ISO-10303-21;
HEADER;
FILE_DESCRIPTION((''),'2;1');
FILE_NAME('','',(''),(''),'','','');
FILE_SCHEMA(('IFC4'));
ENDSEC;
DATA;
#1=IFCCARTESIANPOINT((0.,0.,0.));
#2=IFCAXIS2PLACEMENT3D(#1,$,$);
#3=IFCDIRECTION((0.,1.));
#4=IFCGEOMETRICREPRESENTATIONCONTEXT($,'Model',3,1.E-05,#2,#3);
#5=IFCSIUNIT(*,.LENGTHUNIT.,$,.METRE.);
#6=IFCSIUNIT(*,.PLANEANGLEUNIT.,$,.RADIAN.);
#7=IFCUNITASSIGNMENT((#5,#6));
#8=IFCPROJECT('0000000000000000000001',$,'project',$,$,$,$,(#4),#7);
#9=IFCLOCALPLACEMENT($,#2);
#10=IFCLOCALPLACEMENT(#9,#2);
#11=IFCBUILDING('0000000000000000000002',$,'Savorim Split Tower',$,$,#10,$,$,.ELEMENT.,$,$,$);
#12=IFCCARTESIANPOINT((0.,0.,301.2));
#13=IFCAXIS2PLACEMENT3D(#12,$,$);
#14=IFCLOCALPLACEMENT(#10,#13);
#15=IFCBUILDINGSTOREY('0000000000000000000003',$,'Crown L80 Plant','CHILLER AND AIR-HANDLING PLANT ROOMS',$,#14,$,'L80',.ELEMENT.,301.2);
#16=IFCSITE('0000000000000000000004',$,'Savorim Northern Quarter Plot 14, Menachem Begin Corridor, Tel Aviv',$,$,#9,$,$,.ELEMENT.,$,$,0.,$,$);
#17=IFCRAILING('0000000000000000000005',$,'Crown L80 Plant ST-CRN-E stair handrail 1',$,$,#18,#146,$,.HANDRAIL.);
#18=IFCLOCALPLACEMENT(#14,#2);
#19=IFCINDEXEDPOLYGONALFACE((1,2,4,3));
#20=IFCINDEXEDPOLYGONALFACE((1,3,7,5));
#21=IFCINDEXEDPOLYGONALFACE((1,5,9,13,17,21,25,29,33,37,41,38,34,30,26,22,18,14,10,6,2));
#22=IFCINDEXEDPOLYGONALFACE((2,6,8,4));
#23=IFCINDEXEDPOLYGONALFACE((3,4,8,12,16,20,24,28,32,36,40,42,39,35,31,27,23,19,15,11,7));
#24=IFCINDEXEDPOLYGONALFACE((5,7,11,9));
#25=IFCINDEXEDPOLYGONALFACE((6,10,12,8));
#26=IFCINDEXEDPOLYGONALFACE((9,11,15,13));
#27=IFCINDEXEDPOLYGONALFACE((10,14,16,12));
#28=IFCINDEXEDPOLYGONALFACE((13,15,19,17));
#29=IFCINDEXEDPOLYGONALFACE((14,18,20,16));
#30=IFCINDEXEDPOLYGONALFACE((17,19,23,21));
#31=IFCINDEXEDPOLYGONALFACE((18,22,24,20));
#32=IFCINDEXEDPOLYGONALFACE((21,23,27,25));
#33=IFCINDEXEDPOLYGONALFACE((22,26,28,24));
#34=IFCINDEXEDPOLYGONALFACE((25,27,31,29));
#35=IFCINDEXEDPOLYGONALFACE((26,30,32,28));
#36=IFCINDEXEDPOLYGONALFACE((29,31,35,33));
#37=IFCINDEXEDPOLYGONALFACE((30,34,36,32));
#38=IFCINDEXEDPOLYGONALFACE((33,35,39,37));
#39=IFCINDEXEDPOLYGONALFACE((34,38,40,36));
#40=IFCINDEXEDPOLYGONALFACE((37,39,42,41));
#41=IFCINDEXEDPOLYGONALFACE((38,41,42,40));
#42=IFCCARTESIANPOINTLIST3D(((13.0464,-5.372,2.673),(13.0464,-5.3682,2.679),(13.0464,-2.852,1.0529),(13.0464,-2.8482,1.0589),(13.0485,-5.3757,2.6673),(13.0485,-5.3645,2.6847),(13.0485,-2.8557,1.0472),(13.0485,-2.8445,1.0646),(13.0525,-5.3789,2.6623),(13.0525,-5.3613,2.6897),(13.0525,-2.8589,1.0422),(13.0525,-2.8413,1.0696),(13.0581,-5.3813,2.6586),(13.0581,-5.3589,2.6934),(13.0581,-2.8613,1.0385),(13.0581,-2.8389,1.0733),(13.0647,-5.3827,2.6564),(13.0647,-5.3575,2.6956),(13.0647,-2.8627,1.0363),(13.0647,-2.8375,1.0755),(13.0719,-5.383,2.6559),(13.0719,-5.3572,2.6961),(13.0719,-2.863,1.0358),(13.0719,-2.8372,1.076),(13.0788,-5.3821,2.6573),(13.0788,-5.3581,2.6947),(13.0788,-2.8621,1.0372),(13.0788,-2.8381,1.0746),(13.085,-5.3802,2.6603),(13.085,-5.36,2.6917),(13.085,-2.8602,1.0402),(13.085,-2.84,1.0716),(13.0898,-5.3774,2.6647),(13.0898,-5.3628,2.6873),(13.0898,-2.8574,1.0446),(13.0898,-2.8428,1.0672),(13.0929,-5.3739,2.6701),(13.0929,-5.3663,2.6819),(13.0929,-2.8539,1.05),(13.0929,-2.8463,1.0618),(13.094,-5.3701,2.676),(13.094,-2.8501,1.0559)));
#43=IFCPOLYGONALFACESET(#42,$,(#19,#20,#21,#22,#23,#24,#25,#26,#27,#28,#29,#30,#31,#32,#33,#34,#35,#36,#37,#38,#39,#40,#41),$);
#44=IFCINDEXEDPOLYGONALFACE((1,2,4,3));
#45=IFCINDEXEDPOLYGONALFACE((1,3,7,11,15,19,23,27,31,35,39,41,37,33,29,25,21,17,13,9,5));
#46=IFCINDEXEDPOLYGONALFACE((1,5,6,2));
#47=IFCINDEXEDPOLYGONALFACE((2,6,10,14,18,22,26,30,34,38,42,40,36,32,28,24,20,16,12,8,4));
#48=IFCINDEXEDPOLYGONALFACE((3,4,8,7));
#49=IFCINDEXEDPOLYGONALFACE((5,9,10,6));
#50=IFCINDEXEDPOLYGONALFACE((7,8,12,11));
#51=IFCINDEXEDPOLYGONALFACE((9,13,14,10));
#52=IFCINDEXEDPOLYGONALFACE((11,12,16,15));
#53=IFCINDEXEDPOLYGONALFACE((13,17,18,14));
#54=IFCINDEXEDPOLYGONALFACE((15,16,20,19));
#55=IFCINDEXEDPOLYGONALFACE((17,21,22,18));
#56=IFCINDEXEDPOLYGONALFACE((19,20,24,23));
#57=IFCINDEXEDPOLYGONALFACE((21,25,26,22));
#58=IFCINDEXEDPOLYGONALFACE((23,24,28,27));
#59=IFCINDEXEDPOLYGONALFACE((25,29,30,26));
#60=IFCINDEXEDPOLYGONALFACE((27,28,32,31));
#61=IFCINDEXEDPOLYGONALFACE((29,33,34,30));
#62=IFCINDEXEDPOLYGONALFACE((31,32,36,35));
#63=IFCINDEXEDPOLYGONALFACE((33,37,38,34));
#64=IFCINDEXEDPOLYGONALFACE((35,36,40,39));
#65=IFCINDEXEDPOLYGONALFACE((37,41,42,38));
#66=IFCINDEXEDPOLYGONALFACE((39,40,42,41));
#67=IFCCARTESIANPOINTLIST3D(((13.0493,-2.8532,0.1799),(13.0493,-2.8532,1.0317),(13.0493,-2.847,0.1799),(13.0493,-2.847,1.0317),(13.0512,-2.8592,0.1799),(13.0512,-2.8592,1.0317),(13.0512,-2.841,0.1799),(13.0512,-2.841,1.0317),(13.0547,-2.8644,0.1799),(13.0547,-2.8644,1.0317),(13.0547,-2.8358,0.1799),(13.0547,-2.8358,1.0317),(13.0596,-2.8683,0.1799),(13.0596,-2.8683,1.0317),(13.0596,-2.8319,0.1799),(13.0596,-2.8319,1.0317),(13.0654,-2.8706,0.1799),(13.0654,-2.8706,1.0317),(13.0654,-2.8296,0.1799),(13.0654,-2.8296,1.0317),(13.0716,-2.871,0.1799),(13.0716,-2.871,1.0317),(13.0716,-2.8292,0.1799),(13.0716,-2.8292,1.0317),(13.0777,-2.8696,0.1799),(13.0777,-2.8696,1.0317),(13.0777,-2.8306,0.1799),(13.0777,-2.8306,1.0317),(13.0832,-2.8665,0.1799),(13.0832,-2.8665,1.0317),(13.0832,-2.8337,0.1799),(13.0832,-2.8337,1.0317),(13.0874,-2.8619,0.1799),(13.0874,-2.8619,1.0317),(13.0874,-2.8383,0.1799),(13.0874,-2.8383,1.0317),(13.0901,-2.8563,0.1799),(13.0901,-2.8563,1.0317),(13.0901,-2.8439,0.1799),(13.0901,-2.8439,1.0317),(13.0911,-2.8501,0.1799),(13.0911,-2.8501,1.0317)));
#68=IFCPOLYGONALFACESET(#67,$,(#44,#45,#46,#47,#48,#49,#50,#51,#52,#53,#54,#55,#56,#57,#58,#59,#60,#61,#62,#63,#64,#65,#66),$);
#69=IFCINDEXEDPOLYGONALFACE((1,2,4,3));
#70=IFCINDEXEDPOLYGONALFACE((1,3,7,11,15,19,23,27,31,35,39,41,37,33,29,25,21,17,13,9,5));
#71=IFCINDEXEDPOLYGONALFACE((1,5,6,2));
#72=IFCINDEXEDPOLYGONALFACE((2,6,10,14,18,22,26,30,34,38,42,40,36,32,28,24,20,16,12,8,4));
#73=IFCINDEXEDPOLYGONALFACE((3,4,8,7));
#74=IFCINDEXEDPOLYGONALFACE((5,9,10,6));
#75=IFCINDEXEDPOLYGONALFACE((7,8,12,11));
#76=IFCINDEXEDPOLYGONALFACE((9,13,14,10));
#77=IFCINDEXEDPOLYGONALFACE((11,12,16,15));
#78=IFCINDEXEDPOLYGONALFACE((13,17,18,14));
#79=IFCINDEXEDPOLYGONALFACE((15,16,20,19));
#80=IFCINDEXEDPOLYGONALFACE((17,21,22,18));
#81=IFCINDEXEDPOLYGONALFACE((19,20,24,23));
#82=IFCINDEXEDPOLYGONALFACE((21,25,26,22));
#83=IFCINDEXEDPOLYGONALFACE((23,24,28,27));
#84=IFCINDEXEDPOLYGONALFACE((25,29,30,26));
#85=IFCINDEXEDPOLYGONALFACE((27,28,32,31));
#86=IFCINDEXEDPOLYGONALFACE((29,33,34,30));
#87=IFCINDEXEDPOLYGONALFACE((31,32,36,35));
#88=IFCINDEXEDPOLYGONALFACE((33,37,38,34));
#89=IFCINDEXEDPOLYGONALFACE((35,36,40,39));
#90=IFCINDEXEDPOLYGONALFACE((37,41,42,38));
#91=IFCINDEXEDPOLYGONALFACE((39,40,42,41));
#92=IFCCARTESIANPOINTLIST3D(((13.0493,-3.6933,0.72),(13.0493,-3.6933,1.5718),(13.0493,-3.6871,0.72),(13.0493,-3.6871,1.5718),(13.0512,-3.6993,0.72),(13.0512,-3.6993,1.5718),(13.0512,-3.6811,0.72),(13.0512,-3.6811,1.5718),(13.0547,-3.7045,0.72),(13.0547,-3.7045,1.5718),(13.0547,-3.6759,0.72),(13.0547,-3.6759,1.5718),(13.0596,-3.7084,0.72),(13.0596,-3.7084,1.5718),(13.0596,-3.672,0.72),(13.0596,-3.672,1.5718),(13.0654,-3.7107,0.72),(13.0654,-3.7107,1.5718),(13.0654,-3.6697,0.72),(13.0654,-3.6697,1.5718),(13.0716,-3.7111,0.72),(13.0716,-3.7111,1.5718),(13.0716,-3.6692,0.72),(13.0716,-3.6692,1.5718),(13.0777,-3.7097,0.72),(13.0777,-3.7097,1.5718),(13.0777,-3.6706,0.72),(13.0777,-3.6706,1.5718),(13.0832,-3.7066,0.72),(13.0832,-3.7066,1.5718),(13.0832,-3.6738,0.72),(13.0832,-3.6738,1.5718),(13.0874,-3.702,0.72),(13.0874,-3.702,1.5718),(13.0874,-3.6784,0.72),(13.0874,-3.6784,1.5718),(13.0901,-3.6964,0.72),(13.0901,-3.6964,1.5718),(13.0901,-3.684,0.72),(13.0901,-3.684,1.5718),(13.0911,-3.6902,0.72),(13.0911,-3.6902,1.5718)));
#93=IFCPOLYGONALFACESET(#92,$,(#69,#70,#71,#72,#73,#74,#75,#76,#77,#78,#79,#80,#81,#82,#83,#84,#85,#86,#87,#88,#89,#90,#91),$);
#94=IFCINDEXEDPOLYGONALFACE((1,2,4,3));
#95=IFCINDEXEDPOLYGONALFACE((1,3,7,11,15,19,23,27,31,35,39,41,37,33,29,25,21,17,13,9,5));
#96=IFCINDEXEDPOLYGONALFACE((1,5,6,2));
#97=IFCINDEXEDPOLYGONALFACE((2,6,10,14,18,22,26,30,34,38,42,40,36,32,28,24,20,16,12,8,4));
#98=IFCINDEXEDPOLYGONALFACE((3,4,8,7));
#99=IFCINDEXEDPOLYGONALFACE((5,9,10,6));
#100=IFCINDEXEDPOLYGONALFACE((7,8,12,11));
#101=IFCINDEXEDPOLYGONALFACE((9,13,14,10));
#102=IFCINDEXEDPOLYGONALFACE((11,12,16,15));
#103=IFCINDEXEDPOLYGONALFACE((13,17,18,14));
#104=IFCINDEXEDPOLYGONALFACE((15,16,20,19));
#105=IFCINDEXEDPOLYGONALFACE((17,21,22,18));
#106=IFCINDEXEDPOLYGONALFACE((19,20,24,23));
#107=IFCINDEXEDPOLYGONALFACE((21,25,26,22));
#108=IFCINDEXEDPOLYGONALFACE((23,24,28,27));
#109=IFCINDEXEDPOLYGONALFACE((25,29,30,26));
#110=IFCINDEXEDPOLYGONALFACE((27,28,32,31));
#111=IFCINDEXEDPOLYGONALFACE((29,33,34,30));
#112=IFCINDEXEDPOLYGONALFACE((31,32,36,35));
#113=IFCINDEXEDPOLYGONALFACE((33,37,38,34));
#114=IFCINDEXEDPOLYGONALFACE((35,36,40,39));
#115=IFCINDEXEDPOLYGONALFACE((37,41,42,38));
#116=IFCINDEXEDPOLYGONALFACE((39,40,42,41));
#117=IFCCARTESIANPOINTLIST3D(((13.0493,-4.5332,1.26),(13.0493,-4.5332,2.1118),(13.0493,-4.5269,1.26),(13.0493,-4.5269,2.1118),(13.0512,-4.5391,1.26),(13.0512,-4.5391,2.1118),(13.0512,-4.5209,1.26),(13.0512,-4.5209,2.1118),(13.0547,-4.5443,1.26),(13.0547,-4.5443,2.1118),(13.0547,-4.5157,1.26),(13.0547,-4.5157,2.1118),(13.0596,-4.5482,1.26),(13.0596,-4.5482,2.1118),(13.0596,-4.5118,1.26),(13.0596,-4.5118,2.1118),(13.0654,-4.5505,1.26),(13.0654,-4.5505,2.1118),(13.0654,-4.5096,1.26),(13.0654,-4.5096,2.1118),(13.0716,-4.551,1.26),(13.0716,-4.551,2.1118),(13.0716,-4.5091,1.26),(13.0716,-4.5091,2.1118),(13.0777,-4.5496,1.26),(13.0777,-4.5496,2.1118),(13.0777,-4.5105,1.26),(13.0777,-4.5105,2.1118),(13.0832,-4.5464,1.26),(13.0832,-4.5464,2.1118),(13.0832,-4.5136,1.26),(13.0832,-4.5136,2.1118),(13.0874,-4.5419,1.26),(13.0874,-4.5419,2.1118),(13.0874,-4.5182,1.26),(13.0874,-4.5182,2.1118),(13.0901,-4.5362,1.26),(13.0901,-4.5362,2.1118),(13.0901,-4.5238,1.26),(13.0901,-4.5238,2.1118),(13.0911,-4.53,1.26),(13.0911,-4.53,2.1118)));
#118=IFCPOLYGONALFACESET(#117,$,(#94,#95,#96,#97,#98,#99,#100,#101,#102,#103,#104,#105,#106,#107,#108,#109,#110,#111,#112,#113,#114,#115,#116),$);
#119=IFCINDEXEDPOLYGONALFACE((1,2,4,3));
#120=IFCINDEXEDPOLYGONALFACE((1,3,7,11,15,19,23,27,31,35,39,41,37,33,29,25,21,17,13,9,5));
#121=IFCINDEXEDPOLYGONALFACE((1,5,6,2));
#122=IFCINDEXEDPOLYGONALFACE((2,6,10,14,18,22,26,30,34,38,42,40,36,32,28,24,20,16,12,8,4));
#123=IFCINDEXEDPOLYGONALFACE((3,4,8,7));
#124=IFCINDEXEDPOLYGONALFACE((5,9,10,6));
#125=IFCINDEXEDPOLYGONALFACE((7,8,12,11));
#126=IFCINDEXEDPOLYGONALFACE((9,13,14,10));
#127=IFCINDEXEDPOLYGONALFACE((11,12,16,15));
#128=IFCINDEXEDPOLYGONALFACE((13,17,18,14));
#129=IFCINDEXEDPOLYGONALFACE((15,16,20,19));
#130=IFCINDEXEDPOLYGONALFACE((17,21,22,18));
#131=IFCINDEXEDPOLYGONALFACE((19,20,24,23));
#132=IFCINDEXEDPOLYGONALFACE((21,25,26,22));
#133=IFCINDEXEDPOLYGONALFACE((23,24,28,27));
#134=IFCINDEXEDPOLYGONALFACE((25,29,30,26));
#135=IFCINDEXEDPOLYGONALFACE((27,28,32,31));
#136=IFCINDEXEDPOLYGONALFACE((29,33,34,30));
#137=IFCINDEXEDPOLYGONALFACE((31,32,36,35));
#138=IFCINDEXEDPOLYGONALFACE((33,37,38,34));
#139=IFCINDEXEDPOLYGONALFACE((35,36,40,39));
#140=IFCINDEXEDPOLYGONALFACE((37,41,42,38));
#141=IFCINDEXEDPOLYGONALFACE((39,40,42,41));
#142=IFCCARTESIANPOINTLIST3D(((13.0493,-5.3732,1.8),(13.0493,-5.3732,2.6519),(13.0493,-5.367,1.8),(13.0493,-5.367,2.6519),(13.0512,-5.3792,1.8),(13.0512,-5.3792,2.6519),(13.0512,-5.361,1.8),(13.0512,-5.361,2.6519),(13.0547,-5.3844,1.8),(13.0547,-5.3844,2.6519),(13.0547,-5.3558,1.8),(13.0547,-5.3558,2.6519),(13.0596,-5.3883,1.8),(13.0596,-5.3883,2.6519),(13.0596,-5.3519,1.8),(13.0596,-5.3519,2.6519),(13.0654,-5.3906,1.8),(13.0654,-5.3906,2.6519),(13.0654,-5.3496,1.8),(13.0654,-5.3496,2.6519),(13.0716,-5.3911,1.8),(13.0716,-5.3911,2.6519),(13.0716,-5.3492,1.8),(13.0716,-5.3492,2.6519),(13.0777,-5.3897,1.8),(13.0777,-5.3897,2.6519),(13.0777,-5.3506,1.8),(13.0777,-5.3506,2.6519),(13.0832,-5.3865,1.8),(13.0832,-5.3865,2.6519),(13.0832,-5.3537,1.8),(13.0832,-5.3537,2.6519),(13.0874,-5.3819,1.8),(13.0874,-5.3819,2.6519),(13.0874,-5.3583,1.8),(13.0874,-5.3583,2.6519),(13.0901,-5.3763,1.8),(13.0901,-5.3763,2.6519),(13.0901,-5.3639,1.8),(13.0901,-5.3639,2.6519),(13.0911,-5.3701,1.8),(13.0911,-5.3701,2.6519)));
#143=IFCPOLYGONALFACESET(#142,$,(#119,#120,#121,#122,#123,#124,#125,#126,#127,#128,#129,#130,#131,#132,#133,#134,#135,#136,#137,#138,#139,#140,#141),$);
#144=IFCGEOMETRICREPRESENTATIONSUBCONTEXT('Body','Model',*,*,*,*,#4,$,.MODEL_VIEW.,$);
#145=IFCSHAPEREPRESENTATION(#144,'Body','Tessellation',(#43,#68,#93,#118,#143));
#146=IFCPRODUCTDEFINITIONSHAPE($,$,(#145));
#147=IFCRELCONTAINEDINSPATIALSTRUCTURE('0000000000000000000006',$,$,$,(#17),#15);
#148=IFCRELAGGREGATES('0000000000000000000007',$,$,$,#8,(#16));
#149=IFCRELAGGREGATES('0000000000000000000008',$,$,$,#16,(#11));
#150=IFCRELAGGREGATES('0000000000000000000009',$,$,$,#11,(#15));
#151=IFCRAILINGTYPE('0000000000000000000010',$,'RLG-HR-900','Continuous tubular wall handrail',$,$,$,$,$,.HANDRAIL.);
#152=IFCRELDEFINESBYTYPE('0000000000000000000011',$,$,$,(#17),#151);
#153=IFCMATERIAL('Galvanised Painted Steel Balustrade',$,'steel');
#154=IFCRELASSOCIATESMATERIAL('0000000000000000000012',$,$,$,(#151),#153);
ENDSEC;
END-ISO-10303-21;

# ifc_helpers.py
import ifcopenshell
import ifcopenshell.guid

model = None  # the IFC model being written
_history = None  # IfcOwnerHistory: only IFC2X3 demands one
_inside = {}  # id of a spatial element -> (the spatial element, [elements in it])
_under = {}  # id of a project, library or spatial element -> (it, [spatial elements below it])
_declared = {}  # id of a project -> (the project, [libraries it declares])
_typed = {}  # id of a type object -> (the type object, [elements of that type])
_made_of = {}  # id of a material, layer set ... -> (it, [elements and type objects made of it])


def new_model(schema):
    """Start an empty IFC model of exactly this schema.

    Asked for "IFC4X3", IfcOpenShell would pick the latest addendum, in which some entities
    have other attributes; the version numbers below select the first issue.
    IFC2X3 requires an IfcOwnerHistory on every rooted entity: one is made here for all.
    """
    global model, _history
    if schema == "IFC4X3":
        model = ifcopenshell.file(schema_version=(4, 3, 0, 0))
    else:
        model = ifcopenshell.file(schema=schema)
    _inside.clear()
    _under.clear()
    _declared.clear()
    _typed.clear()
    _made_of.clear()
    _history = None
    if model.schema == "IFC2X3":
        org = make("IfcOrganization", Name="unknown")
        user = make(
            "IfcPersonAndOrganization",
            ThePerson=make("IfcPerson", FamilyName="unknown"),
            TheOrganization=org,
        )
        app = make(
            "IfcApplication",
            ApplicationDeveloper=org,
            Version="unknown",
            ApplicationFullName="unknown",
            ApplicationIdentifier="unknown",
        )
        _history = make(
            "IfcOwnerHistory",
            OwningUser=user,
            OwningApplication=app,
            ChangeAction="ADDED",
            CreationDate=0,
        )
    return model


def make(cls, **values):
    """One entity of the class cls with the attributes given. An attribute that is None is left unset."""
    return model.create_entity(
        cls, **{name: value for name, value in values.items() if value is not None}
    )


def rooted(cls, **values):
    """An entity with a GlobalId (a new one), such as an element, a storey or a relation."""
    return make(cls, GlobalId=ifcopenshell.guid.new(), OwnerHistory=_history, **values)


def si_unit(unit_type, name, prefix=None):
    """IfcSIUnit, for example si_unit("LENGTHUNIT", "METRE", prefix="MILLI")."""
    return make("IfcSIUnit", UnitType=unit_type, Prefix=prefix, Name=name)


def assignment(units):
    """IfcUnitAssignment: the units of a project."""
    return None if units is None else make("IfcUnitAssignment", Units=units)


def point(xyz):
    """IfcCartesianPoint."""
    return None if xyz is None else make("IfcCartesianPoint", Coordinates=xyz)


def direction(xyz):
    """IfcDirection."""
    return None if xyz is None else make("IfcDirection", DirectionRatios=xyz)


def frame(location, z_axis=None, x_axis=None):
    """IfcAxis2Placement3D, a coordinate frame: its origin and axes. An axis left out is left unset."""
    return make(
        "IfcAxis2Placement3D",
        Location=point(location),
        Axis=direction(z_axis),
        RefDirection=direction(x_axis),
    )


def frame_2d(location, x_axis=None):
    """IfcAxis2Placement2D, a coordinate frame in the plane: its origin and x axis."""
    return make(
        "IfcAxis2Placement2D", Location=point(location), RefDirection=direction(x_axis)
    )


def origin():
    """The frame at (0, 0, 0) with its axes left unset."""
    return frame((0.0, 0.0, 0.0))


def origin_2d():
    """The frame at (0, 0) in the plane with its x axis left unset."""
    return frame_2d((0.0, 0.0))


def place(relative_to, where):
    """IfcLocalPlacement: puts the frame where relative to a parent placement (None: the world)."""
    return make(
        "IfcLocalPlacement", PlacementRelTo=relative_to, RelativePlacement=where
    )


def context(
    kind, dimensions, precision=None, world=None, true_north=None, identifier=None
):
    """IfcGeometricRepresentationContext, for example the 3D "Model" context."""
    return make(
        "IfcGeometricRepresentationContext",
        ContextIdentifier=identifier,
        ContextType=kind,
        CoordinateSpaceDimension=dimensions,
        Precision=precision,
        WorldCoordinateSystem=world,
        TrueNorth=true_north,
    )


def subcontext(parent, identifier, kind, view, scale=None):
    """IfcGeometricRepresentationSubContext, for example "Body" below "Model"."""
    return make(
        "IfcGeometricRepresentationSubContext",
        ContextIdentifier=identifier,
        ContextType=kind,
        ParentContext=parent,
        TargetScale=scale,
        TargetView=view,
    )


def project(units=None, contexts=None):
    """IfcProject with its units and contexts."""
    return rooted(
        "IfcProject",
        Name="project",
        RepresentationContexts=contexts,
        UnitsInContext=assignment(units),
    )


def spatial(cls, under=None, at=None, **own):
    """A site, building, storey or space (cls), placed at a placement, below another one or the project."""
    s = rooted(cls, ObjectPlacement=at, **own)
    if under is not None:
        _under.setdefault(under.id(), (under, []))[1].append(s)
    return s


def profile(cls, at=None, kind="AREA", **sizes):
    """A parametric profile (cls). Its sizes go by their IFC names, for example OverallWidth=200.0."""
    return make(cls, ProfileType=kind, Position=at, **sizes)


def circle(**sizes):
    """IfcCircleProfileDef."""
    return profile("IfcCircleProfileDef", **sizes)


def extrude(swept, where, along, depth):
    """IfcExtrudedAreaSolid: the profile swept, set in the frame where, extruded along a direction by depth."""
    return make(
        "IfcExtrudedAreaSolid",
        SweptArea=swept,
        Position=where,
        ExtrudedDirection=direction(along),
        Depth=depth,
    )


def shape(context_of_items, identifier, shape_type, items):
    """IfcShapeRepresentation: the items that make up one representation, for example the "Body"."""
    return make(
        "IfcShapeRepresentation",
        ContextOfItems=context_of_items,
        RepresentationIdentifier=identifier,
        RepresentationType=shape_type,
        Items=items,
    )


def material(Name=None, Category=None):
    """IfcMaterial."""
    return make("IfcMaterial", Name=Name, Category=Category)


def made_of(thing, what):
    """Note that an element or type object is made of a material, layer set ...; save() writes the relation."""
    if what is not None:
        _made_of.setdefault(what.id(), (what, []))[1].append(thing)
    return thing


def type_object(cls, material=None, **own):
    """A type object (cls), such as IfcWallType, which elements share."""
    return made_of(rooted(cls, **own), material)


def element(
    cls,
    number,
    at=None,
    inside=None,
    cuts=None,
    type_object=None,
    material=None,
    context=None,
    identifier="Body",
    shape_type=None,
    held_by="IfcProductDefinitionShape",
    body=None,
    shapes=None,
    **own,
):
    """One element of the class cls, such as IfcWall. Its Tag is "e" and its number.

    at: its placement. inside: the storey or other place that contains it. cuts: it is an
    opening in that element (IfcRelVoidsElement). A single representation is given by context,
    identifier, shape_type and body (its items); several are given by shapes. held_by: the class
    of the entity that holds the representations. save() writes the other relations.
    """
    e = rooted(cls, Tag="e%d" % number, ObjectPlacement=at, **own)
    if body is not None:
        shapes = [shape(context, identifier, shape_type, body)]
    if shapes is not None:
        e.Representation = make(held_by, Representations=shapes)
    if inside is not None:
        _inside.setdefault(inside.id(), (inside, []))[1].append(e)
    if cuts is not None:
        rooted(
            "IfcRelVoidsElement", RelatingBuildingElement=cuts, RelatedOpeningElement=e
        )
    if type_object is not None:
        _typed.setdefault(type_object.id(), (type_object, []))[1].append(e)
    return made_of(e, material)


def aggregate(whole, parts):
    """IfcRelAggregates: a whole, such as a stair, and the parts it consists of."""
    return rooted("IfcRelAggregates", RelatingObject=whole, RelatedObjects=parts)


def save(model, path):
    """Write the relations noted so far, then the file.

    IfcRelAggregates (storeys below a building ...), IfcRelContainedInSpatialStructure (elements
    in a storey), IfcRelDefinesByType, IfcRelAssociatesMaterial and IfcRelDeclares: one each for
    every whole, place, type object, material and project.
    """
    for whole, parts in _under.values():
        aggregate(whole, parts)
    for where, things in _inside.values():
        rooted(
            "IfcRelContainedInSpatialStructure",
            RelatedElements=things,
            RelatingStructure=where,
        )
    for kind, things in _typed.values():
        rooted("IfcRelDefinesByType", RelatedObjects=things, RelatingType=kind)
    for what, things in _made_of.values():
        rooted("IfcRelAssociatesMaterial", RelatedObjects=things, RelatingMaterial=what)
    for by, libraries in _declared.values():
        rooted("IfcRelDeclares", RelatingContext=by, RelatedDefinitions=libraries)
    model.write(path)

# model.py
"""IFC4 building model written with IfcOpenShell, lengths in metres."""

from ifc_helpers import new_model, si_unit, direction, frame, origin, origin_2d, place, context, subcontext, project, spatial, circle, extrude, material, type_object, element, save


model = new_model("IFC4")

# Units and contexts
model_context = context("Model", 3, precision=1e-05, world=origin(), true_north=direction((0.0, 1.0)))
body_context = subcontext(model_context, "Body", "Model", "MODEL_VIEW")
ifc_project = project(units=[si_unit("LENGTHUNIT", "METRE"), si_unit("PLANEANGLEUNIT", "RADIAN")], contexts=[model_context])

# Site, building, storey
site_placement = place(None, origin())
site = spatial("IfcSite", under=ifc_project, at=site_placement, Name="Savorim Northern Quarter Plot 14, Menachem Begin Corridor, Tel Aviv", CompositionType="ELEMENT", RefElevation=0.0)
building_placement = place(site_placement, origin())
building = spatial("IfcBuilding", under=site, at=building_placement, Name="Savorim Split Tower", CompositionType="ELEMENT")
storey_placement = place(building_placement, frame((0.0, 0.0, 301.2)))
storey = spatial("IfcBuildingStorey", under=building, at=storey_placement, Name="Crown L80 Plant", Description="CHILLER AND AIR-HANDLING PLANT ROOMS", LongName="L80", CompositionType="ELEMENT", Elevation=301.2)

# Railing
ifc_material_1 = material(Name="Galvanised Painted Steel Balustrade", Category="steel")
railing_type = type_object("IfcRailingType", Name="RLG-HR-900", Description="Continuous tubular wall handrail", PredefinedType="HANDRAIL", material=ifc_material_1)
railing_placement = place(storey_placement, frame((13.0701, -2.8501, 0.1799)))
element("IfcRailing", 1, at=railing_placement, inside=storey, type_object=railing_type, Name="Crown L80 Plant ST-CRN-E stair handrail 1", PredefinedType="HANDRAIL", context=body_context, shape_type="SweptSolid", body=[
    extrude(circle(Radius=0.0239, at=origin_2d()), frame((0.0, 0.0, 0.876), z_axis=(0.0, -0.841163, 0.540782), x_axis=(1.0, 0.0, 0.0)), (0.0, 0.0, 1.0), 2.9958),
    extrude(circle(Radius=0.021, at=origin_2d()), origin(), (0.0, 0.0, 1.0), 0.8518),
    extrude(circle(Radius=0.021, at=origin_2d()), frame((0.0, -0.8401, 0.54)), (0.0, 0.0, 1.0), 0.8518),
    extrude(circle(Radius=0.021, at=origin_2d()), frame((0.0, -1.6799, 1.0801)), (0.0, 0.0, 1.0), 0.8518),
    extrude(circle(Radius=0.021, at=origin_2d()), frame((0.0, -2.52, 1.6201)), (0.0, 0.0, 1.0), 0.8518),
])

save(model, "model.ifc")
